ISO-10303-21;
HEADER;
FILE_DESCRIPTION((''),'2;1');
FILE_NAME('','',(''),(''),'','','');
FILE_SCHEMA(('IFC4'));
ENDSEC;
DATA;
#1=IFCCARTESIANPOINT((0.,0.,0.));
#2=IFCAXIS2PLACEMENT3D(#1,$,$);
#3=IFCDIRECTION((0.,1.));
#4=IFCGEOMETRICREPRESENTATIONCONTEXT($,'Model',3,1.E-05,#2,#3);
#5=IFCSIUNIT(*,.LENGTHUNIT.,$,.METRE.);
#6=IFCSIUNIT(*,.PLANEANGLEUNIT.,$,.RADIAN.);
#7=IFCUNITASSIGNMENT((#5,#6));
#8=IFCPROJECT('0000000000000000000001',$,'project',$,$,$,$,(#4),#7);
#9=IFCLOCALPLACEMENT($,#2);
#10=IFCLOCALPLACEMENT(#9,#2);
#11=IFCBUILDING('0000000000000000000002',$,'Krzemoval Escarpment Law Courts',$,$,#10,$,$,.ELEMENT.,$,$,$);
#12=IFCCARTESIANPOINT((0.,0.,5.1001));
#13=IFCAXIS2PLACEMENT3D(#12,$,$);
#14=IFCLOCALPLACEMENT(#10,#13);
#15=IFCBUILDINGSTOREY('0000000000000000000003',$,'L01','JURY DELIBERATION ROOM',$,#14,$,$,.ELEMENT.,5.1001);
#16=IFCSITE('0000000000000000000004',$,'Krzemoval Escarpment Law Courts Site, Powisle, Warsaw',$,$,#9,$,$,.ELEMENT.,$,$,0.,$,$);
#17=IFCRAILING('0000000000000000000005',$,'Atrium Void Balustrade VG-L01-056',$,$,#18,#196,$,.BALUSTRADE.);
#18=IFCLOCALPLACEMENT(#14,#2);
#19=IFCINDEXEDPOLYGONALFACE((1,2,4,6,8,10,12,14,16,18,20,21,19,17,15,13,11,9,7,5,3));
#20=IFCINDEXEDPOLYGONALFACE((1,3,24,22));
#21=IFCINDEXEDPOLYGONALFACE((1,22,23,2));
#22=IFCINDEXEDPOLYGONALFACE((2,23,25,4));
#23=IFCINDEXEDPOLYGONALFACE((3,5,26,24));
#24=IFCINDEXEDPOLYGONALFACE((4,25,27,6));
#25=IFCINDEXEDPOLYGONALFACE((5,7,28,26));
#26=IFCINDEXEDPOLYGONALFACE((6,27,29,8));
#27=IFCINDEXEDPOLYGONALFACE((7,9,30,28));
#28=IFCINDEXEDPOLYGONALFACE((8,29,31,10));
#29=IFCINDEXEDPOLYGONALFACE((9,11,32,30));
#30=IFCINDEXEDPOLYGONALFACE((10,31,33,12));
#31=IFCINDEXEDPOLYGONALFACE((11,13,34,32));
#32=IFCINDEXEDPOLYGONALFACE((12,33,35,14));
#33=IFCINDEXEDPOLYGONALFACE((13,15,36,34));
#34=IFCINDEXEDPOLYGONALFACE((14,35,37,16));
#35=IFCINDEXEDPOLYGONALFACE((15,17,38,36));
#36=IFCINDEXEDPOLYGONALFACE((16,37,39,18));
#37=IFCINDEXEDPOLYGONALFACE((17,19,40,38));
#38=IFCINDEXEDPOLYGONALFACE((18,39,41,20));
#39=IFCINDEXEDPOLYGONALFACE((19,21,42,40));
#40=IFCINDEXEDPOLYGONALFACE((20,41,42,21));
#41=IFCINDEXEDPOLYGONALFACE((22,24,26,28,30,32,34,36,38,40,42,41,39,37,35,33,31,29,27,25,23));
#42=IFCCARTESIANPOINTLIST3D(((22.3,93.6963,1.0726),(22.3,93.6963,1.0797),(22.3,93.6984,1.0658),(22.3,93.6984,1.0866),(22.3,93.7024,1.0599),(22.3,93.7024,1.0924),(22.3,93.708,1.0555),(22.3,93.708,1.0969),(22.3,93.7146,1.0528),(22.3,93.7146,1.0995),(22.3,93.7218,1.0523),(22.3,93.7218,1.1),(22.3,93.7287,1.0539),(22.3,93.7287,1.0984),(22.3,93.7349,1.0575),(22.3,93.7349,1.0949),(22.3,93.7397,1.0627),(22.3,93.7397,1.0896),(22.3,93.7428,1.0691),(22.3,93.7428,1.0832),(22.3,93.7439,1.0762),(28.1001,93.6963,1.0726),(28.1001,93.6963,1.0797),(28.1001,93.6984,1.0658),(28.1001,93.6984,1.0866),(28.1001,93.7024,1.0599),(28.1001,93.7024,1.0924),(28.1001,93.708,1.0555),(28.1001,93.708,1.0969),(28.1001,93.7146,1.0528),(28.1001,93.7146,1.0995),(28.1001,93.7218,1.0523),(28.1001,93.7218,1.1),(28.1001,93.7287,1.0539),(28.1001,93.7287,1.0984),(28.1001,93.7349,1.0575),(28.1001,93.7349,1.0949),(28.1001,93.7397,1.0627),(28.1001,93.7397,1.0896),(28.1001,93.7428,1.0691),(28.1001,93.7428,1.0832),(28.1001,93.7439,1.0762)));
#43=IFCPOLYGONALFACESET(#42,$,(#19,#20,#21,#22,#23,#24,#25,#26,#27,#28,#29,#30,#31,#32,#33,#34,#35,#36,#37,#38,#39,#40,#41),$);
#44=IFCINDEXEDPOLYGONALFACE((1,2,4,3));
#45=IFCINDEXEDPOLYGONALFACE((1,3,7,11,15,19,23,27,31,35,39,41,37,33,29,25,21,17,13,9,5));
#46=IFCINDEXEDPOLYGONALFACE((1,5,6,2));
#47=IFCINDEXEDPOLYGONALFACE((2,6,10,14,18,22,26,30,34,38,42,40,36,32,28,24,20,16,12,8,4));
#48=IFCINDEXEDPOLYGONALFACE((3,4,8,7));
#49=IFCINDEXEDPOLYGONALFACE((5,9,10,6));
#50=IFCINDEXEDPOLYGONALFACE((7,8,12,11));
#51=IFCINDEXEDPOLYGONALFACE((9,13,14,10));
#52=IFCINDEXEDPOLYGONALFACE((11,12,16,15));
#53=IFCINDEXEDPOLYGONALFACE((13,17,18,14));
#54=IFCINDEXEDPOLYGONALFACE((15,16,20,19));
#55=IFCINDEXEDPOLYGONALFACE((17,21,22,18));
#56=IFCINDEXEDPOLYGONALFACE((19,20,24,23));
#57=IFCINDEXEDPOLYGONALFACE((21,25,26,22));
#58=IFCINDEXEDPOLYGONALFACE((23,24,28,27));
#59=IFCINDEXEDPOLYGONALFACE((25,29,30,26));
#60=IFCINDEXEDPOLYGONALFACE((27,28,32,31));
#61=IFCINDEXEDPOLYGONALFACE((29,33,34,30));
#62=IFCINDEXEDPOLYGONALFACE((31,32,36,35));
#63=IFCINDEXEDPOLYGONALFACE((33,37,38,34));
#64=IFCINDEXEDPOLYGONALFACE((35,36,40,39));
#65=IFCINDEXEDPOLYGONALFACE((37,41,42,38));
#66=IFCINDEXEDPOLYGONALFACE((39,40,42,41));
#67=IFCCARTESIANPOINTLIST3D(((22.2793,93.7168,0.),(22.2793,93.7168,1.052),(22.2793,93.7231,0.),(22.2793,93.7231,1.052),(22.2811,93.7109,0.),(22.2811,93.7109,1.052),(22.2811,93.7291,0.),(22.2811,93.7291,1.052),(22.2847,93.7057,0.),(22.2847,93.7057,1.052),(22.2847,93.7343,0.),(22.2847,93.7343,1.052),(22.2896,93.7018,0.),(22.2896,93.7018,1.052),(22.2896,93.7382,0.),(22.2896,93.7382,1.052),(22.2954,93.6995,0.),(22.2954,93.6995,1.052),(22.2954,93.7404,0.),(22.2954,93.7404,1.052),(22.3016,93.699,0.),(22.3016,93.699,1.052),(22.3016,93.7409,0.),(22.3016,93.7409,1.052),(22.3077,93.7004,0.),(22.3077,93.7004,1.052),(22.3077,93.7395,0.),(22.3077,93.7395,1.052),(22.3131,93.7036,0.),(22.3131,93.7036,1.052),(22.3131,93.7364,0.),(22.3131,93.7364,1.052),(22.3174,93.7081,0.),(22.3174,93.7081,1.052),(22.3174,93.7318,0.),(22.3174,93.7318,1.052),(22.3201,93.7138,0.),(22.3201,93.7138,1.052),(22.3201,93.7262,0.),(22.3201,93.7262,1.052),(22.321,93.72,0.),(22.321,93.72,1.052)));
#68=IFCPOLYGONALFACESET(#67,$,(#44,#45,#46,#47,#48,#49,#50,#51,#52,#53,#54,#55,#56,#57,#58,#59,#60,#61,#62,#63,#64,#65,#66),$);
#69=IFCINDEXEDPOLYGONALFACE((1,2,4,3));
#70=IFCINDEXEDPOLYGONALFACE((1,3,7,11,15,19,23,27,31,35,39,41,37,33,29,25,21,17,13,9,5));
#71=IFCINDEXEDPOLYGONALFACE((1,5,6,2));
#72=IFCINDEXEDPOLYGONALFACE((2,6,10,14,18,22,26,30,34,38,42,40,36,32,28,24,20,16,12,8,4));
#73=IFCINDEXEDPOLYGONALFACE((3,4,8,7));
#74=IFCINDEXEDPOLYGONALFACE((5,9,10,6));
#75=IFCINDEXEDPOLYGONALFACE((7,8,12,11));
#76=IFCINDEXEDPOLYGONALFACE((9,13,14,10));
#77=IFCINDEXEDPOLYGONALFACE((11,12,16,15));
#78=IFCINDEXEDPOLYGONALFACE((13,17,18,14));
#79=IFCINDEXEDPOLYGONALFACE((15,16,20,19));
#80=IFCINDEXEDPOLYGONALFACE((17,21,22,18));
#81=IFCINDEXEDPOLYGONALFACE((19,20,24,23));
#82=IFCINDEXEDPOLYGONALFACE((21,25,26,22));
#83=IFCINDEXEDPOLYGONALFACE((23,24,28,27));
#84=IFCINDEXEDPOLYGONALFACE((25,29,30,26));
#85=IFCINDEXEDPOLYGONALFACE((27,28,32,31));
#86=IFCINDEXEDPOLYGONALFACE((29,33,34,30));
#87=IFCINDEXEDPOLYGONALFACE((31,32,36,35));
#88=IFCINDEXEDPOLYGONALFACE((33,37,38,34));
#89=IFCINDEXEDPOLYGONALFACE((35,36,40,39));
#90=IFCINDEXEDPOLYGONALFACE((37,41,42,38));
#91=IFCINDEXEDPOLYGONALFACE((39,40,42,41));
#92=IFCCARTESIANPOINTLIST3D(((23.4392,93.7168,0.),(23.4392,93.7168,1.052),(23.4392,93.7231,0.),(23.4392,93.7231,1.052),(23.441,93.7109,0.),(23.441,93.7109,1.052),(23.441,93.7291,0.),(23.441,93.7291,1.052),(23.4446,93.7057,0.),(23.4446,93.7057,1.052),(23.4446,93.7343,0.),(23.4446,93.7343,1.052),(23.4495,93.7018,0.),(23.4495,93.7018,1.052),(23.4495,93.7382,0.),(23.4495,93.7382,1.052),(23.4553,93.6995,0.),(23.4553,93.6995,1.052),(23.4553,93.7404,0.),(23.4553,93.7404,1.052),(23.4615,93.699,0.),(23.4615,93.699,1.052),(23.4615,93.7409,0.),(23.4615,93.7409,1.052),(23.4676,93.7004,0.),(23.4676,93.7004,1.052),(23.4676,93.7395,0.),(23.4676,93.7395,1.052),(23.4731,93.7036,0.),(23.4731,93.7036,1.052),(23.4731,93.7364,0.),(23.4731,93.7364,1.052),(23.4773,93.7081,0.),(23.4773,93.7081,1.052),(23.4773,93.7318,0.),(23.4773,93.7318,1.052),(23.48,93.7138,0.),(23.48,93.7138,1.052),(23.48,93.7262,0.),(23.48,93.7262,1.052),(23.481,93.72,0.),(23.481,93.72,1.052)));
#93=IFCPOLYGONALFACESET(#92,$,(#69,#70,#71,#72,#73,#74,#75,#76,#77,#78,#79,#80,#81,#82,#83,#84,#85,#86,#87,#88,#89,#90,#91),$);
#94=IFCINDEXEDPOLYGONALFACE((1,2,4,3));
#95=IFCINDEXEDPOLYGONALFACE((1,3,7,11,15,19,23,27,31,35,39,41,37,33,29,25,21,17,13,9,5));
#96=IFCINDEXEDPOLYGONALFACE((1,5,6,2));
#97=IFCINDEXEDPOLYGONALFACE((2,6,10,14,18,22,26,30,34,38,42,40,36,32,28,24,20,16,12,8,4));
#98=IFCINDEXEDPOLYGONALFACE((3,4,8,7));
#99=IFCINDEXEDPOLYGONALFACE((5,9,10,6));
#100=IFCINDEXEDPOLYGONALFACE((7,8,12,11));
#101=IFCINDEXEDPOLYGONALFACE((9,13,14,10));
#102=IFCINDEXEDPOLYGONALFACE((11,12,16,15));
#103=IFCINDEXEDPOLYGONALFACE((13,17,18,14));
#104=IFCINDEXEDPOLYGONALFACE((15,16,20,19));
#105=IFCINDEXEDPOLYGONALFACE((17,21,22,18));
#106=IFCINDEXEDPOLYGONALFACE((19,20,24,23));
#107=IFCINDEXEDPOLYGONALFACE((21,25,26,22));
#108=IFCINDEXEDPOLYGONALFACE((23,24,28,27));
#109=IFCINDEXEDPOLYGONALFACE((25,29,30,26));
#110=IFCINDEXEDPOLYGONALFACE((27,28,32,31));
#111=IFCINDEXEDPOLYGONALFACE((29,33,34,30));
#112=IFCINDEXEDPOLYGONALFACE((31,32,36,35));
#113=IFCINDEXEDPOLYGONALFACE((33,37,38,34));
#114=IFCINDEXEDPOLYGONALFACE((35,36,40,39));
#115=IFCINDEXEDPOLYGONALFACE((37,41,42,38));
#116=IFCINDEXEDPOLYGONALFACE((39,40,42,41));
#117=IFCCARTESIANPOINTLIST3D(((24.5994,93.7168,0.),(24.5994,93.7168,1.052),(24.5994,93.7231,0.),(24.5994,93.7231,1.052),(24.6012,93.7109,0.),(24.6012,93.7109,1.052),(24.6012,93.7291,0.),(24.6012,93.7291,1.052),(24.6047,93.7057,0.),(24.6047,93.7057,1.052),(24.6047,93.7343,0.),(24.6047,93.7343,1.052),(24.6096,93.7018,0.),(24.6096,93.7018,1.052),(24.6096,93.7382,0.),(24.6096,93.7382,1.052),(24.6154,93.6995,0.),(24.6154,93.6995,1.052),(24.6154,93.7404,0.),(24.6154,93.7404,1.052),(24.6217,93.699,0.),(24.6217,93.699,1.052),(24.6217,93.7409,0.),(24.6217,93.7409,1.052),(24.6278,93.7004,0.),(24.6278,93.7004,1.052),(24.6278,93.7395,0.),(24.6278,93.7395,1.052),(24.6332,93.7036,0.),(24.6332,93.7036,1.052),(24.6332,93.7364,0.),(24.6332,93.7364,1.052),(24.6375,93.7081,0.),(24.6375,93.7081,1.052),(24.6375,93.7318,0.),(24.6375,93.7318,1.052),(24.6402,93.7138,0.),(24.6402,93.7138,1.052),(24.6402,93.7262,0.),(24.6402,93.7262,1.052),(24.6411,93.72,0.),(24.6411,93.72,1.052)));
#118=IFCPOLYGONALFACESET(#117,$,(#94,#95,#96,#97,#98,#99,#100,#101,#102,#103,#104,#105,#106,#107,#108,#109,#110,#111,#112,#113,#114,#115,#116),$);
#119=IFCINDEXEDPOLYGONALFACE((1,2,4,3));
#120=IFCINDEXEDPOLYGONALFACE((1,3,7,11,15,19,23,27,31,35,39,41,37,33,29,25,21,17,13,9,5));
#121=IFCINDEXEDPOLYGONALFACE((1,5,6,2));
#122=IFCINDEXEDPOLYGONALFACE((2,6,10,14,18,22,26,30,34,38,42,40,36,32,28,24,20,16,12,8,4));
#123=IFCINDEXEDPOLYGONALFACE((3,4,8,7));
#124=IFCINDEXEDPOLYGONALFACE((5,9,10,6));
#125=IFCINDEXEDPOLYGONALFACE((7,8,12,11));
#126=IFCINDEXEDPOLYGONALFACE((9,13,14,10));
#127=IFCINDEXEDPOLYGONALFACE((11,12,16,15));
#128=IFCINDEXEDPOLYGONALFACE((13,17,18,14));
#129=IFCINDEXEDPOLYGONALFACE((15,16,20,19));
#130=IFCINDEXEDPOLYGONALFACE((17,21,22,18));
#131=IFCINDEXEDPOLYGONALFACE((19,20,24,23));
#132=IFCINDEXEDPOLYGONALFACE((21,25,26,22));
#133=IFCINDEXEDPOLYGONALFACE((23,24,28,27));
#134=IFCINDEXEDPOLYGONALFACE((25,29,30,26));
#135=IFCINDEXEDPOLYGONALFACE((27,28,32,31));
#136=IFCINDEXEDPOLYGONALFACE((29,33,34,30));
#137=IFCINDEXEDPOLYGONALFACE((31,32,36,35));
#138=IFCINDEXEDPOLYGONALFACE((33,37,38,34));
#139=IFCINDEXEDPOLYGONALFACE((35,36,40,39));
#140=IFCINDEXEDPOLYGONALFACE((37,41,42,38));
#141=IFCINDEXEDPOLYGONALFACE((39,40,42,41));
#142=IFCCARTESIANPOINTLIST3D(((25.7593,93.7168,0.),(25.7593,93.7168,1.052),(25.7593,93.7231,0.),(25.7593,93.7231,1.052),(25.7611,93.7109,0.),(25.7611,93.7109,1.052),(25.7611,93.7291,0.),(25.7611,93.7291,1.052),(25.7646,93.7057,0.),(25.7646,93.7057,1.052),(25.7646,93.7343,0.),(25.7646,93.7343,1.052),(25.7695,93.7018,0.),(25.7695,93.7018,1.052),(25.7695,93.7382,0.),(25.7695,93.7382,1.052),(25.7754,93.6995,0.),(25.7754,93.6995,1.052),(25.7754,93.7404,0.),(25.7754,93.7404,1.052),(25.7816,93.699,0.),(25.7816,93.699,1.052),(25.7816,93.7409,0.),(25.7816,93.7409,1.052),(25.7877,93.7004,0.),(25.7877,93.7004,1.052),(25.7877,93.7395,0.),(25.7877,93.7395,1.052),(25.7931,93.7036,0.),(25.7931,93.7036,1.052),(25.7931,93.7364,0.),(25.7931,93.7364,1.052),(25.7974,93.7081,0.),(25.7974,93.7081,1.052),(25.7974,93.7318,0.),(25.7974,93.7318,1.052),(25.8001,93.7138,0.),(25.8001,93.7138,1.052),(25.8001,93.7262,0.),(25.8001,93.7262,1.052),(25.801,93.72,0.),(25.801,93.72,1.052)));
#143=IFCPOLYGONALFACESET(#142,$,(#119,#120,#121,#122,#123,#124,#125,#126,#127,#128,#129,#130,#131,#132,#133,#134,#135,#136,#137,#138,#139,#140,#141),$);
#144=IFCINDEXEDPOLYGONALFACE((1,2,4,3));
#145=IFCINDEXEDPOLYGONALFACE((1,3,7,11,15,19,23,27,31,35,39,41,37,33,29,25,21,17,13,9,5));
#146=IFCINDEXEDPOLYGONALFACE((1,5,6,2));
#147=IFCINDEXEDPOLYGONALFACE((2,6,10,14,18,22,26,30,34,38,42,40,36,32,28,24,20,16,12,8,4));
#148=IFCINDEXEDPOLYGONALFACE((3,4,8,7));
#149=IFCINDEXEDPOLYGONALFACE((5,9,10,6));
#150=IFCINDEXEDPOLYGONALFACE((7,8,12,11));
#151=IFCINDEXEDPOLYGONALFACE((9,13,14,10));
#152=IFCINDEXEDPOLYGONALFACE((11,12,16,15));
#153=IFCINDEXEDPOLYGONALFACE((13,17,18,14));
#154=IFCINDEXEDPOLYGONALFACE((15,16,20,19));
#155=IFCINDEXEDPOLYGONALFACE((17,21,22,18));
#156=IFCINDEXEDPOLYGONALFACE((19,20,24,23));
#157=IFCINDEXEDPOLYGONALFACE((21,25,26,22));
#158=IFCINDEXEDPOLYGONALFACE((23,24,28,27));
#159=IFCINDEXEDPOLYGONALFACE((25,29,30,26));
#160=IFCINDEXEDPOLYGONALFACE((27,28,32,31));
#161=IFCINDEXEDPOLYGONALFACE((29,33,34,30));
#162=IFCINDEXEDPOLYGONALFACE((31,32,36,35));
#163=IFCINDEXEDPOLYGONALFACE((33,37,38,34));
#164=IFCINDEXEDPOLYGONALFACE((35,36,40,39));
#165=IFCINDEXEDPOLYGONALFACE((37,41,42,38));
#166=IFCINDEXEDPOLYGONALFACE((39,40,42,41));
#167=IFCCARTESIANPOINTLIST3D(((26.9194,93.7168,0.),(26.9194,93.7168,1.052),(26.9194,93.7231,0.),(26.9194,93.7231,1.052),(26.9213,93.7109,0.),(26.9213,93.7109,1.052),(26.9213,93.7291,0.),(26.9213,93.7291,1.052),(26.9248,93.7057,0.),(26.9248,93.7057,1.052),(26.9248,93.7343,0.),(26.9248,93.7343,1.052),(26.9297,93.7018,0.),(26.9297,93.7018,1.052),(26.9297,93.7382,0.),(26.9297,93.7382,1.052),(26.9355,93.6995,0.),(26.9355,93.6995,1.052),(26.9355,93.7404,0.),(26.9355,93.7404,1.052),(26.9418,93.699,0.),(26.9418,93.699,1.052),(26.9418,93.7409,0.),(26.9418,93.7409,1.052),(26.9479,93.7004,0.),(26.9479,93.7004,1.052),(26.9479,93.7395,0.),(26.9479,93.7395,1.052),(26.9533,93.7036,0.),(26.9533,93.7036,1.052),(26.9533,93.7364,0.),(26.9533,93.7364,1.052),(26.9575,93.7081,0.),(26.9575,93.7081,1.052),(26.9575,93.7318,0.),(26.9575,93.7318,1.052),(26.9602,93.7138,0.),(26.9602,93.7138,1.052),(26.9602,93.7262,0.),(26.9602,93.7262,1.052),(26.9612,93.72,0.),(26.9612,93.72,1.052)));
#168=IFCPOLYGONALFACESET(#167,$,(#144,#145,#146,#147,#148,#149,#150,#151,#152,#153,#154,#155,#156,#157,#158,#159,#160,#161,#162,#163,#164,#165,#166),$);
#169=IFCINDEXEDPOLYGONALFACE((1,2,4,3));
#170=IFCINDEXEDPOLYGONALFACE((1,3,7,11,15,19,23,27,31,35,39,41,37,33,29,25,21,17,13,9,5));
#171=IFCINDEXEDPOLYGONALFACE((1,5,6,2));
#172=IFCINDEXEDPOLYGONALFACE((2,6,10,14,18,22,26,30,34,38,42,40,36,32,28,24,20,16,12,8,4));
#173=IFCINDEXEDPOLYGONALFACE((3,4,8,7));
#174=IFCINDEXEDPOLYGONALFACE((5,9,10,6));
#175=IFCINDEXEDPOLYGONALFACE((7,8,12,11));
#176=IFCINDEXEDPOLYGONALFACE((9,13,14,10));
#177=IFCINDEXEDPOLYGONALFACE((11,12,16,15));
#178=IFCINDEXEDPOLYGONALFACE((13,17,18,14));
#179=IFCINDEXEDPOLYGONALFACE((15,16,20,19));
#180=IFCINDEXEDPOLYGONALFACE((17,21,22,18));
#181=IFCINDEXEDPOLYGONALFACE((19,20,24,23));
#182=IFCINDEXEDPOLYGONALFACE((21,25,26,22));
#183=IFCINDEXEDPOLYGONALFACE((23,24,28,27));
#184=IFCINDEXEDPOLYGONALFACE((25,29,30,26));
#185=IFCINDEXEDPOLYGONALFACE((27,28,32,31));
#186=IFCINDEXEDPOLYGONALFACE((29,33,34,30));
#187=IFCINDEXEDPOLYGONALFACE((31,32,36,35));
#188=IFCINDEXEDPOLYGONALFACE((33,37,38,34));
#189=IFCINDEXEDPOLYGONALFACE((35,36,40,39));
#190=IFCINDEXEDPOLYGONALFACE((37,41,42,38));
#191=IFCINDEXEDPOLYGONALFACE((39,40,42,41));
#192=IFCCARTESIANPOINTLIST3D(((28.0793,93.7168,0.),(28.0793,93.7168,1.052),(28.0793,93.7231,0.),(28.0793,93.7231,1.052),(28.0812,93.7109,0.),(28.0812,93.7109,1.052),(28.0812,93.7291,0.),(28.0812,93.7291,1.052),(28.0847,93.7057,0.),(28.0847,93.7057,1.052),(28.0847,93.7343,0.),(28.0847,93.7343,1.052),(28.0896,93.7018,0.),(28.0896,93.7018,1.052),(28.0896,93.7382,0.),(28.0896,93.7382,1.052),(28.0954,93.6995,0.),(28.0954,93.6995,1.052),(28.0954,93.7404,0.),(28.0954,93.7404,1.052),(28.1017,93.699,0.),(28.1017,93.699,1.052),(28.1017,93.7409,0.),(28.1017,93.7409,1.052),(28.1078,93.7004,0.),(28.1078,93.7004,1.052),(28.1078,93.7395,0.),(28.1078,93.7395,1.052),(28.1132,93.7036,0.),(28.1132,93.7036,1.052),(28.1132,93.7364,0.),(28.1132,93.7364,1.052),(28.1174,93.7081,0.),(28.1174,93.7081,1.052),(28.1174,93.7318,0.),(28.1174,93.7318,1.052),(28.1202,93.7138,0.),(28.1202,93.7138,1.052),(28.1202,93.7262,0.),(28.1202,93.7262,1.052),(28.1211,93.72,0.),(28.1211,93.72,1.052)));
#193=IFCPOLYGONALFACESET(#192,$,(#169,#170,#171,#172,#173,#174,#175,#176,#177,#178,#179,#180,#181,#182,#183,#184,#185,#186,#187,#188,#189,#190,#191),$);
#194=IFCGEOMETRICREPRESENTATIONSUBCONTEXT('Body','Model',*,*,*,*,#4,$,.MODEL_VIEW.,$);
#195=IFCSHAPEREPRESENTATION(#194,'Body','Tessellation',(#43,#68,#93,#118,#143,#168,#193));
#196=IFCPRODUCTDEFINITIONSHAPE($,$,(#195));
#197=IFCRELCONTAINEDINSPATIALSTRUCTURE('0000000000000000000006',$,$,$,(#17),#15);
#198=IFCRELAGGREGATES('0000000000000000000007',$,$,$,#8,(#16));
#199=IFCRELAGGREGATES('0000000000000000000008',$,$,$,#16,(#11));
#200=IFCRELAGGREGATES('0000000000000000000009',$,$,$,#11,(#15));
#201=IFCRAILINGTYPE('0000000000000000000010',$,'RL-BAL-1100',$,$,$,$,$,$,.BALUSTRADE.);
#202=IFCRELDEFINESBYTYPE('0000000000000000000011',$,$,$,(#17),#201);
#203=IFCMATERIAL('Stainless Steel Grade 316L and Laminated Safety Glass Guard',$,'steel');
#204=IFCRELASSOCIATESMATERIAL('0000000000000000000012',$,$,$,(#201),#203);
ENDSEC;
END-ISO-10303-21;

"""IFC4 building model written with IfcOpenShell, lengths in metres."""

from ifc_helpers import new_model, si_unit, direction, frame, origin, origin_2d, place, context, subcontext, project, spatial, circle, extrude, material, type_object, element, save


model = new_model("IFC4")

# Units and contexts
model_context = context("Model", 3, precision=1e-05, world=origin(), true_north=direction((0.0, 1.0)))
body_context = subcontext(model_context, "Body", "Model", "MODEL_VIEW")
ifc_project = project(units=[si_unit("LENGTHUNIT", "METRE"), si_unit("PLANEANGLEUNIT", "RADIAN")], contexts=[model_context])

# Site, building, storey
site_placement = place(None, origin())
site = spatial("IfcSite", under=ifc_project, at=site_placement, Name="Krzemoval Escarpment Law Courts Site, Powisle, Warsaw", CompositionType="ELEMENT", RefElevation=0.0)
building_placement = place(site_placement, origin())
building = spatial("IfcBuilding", under=site, at=building_placement, Name="Krzemoval Escarpment Law Courts", CompositionType="ELEMENT")
storey_placement = place(building_placement, frame((0.0, 0.0, 5.1001)))
storey = spatial("IfcBuildingStorey", under=building, at=storey_placement, Name="L01", Description="JURY DELIBERATION ROOM", CompositionType="ELEMENT", Elevation=5.1001)

# Railing
ifc_material_1 = material(Name="Stainless Steel Grade 316L and Laminated Safety Glass Guard", Category="steel")
railing_type_1 = type_object("IfcRailingType", Name="RL-BAL-1100", PredefinedType="BALUSTRADE", material=ifc_material_1)
railing_1_placement = place(storey_placement, frame((22.3, 93.72, 0.0)))
element("IfcRailing", 1, at=railing_1_placement, inside=storey, type_object=railing_type_1, Name="Atrium Void Balustrade VG-L01-056", PredefinedType="BALUSTRADE", context=body_context, shape_type="SweptSolid", body=[
    extrude(circle(Radius=0.0239, at=origin_2d()), frame((0.0, 0.0, 1.0762), z_axis=(1.0, 0.0, 0.0), x_axis=(0.0, 1.0, 0.0)), (0.0, 0.0, 1.0), 5.8),
    extrude(circle(Radius=0.021, at=origin_2d()), origin(), (0.0, 0.0, 1.0), 1.052),
    extrude(circle(Radius=0.021, at=origin_2d()), frame((1.1599, 0.0, 0.0)), (0.0, 0.0, 1.0), 1.052),
    extrude(circle(Radius=0.021, at=origin_2d()), frame((2.3201, 0.0, 0.0)), (0.0, 0.0, 1.0), 1.052),
    extrude(circle(Radius=0.021, at=origin_2d()), frame((3.48, 0.0, 0.0)), (0.0, 0.0, 1.0), 1.052),
    extrude(circle(Radius=0.021, at=origin_2d()), frame((4.6401, 0.0, 0.0)), (0.0, 0.0, 1.0), 1.052),
    extrude(circle(Radius=0.021, at=origin_2d()), frame((5.8, 0.0, 0.0)), (0.0, 0.0, 1.0), 1.052),
])

save(model, "model.ifc")
